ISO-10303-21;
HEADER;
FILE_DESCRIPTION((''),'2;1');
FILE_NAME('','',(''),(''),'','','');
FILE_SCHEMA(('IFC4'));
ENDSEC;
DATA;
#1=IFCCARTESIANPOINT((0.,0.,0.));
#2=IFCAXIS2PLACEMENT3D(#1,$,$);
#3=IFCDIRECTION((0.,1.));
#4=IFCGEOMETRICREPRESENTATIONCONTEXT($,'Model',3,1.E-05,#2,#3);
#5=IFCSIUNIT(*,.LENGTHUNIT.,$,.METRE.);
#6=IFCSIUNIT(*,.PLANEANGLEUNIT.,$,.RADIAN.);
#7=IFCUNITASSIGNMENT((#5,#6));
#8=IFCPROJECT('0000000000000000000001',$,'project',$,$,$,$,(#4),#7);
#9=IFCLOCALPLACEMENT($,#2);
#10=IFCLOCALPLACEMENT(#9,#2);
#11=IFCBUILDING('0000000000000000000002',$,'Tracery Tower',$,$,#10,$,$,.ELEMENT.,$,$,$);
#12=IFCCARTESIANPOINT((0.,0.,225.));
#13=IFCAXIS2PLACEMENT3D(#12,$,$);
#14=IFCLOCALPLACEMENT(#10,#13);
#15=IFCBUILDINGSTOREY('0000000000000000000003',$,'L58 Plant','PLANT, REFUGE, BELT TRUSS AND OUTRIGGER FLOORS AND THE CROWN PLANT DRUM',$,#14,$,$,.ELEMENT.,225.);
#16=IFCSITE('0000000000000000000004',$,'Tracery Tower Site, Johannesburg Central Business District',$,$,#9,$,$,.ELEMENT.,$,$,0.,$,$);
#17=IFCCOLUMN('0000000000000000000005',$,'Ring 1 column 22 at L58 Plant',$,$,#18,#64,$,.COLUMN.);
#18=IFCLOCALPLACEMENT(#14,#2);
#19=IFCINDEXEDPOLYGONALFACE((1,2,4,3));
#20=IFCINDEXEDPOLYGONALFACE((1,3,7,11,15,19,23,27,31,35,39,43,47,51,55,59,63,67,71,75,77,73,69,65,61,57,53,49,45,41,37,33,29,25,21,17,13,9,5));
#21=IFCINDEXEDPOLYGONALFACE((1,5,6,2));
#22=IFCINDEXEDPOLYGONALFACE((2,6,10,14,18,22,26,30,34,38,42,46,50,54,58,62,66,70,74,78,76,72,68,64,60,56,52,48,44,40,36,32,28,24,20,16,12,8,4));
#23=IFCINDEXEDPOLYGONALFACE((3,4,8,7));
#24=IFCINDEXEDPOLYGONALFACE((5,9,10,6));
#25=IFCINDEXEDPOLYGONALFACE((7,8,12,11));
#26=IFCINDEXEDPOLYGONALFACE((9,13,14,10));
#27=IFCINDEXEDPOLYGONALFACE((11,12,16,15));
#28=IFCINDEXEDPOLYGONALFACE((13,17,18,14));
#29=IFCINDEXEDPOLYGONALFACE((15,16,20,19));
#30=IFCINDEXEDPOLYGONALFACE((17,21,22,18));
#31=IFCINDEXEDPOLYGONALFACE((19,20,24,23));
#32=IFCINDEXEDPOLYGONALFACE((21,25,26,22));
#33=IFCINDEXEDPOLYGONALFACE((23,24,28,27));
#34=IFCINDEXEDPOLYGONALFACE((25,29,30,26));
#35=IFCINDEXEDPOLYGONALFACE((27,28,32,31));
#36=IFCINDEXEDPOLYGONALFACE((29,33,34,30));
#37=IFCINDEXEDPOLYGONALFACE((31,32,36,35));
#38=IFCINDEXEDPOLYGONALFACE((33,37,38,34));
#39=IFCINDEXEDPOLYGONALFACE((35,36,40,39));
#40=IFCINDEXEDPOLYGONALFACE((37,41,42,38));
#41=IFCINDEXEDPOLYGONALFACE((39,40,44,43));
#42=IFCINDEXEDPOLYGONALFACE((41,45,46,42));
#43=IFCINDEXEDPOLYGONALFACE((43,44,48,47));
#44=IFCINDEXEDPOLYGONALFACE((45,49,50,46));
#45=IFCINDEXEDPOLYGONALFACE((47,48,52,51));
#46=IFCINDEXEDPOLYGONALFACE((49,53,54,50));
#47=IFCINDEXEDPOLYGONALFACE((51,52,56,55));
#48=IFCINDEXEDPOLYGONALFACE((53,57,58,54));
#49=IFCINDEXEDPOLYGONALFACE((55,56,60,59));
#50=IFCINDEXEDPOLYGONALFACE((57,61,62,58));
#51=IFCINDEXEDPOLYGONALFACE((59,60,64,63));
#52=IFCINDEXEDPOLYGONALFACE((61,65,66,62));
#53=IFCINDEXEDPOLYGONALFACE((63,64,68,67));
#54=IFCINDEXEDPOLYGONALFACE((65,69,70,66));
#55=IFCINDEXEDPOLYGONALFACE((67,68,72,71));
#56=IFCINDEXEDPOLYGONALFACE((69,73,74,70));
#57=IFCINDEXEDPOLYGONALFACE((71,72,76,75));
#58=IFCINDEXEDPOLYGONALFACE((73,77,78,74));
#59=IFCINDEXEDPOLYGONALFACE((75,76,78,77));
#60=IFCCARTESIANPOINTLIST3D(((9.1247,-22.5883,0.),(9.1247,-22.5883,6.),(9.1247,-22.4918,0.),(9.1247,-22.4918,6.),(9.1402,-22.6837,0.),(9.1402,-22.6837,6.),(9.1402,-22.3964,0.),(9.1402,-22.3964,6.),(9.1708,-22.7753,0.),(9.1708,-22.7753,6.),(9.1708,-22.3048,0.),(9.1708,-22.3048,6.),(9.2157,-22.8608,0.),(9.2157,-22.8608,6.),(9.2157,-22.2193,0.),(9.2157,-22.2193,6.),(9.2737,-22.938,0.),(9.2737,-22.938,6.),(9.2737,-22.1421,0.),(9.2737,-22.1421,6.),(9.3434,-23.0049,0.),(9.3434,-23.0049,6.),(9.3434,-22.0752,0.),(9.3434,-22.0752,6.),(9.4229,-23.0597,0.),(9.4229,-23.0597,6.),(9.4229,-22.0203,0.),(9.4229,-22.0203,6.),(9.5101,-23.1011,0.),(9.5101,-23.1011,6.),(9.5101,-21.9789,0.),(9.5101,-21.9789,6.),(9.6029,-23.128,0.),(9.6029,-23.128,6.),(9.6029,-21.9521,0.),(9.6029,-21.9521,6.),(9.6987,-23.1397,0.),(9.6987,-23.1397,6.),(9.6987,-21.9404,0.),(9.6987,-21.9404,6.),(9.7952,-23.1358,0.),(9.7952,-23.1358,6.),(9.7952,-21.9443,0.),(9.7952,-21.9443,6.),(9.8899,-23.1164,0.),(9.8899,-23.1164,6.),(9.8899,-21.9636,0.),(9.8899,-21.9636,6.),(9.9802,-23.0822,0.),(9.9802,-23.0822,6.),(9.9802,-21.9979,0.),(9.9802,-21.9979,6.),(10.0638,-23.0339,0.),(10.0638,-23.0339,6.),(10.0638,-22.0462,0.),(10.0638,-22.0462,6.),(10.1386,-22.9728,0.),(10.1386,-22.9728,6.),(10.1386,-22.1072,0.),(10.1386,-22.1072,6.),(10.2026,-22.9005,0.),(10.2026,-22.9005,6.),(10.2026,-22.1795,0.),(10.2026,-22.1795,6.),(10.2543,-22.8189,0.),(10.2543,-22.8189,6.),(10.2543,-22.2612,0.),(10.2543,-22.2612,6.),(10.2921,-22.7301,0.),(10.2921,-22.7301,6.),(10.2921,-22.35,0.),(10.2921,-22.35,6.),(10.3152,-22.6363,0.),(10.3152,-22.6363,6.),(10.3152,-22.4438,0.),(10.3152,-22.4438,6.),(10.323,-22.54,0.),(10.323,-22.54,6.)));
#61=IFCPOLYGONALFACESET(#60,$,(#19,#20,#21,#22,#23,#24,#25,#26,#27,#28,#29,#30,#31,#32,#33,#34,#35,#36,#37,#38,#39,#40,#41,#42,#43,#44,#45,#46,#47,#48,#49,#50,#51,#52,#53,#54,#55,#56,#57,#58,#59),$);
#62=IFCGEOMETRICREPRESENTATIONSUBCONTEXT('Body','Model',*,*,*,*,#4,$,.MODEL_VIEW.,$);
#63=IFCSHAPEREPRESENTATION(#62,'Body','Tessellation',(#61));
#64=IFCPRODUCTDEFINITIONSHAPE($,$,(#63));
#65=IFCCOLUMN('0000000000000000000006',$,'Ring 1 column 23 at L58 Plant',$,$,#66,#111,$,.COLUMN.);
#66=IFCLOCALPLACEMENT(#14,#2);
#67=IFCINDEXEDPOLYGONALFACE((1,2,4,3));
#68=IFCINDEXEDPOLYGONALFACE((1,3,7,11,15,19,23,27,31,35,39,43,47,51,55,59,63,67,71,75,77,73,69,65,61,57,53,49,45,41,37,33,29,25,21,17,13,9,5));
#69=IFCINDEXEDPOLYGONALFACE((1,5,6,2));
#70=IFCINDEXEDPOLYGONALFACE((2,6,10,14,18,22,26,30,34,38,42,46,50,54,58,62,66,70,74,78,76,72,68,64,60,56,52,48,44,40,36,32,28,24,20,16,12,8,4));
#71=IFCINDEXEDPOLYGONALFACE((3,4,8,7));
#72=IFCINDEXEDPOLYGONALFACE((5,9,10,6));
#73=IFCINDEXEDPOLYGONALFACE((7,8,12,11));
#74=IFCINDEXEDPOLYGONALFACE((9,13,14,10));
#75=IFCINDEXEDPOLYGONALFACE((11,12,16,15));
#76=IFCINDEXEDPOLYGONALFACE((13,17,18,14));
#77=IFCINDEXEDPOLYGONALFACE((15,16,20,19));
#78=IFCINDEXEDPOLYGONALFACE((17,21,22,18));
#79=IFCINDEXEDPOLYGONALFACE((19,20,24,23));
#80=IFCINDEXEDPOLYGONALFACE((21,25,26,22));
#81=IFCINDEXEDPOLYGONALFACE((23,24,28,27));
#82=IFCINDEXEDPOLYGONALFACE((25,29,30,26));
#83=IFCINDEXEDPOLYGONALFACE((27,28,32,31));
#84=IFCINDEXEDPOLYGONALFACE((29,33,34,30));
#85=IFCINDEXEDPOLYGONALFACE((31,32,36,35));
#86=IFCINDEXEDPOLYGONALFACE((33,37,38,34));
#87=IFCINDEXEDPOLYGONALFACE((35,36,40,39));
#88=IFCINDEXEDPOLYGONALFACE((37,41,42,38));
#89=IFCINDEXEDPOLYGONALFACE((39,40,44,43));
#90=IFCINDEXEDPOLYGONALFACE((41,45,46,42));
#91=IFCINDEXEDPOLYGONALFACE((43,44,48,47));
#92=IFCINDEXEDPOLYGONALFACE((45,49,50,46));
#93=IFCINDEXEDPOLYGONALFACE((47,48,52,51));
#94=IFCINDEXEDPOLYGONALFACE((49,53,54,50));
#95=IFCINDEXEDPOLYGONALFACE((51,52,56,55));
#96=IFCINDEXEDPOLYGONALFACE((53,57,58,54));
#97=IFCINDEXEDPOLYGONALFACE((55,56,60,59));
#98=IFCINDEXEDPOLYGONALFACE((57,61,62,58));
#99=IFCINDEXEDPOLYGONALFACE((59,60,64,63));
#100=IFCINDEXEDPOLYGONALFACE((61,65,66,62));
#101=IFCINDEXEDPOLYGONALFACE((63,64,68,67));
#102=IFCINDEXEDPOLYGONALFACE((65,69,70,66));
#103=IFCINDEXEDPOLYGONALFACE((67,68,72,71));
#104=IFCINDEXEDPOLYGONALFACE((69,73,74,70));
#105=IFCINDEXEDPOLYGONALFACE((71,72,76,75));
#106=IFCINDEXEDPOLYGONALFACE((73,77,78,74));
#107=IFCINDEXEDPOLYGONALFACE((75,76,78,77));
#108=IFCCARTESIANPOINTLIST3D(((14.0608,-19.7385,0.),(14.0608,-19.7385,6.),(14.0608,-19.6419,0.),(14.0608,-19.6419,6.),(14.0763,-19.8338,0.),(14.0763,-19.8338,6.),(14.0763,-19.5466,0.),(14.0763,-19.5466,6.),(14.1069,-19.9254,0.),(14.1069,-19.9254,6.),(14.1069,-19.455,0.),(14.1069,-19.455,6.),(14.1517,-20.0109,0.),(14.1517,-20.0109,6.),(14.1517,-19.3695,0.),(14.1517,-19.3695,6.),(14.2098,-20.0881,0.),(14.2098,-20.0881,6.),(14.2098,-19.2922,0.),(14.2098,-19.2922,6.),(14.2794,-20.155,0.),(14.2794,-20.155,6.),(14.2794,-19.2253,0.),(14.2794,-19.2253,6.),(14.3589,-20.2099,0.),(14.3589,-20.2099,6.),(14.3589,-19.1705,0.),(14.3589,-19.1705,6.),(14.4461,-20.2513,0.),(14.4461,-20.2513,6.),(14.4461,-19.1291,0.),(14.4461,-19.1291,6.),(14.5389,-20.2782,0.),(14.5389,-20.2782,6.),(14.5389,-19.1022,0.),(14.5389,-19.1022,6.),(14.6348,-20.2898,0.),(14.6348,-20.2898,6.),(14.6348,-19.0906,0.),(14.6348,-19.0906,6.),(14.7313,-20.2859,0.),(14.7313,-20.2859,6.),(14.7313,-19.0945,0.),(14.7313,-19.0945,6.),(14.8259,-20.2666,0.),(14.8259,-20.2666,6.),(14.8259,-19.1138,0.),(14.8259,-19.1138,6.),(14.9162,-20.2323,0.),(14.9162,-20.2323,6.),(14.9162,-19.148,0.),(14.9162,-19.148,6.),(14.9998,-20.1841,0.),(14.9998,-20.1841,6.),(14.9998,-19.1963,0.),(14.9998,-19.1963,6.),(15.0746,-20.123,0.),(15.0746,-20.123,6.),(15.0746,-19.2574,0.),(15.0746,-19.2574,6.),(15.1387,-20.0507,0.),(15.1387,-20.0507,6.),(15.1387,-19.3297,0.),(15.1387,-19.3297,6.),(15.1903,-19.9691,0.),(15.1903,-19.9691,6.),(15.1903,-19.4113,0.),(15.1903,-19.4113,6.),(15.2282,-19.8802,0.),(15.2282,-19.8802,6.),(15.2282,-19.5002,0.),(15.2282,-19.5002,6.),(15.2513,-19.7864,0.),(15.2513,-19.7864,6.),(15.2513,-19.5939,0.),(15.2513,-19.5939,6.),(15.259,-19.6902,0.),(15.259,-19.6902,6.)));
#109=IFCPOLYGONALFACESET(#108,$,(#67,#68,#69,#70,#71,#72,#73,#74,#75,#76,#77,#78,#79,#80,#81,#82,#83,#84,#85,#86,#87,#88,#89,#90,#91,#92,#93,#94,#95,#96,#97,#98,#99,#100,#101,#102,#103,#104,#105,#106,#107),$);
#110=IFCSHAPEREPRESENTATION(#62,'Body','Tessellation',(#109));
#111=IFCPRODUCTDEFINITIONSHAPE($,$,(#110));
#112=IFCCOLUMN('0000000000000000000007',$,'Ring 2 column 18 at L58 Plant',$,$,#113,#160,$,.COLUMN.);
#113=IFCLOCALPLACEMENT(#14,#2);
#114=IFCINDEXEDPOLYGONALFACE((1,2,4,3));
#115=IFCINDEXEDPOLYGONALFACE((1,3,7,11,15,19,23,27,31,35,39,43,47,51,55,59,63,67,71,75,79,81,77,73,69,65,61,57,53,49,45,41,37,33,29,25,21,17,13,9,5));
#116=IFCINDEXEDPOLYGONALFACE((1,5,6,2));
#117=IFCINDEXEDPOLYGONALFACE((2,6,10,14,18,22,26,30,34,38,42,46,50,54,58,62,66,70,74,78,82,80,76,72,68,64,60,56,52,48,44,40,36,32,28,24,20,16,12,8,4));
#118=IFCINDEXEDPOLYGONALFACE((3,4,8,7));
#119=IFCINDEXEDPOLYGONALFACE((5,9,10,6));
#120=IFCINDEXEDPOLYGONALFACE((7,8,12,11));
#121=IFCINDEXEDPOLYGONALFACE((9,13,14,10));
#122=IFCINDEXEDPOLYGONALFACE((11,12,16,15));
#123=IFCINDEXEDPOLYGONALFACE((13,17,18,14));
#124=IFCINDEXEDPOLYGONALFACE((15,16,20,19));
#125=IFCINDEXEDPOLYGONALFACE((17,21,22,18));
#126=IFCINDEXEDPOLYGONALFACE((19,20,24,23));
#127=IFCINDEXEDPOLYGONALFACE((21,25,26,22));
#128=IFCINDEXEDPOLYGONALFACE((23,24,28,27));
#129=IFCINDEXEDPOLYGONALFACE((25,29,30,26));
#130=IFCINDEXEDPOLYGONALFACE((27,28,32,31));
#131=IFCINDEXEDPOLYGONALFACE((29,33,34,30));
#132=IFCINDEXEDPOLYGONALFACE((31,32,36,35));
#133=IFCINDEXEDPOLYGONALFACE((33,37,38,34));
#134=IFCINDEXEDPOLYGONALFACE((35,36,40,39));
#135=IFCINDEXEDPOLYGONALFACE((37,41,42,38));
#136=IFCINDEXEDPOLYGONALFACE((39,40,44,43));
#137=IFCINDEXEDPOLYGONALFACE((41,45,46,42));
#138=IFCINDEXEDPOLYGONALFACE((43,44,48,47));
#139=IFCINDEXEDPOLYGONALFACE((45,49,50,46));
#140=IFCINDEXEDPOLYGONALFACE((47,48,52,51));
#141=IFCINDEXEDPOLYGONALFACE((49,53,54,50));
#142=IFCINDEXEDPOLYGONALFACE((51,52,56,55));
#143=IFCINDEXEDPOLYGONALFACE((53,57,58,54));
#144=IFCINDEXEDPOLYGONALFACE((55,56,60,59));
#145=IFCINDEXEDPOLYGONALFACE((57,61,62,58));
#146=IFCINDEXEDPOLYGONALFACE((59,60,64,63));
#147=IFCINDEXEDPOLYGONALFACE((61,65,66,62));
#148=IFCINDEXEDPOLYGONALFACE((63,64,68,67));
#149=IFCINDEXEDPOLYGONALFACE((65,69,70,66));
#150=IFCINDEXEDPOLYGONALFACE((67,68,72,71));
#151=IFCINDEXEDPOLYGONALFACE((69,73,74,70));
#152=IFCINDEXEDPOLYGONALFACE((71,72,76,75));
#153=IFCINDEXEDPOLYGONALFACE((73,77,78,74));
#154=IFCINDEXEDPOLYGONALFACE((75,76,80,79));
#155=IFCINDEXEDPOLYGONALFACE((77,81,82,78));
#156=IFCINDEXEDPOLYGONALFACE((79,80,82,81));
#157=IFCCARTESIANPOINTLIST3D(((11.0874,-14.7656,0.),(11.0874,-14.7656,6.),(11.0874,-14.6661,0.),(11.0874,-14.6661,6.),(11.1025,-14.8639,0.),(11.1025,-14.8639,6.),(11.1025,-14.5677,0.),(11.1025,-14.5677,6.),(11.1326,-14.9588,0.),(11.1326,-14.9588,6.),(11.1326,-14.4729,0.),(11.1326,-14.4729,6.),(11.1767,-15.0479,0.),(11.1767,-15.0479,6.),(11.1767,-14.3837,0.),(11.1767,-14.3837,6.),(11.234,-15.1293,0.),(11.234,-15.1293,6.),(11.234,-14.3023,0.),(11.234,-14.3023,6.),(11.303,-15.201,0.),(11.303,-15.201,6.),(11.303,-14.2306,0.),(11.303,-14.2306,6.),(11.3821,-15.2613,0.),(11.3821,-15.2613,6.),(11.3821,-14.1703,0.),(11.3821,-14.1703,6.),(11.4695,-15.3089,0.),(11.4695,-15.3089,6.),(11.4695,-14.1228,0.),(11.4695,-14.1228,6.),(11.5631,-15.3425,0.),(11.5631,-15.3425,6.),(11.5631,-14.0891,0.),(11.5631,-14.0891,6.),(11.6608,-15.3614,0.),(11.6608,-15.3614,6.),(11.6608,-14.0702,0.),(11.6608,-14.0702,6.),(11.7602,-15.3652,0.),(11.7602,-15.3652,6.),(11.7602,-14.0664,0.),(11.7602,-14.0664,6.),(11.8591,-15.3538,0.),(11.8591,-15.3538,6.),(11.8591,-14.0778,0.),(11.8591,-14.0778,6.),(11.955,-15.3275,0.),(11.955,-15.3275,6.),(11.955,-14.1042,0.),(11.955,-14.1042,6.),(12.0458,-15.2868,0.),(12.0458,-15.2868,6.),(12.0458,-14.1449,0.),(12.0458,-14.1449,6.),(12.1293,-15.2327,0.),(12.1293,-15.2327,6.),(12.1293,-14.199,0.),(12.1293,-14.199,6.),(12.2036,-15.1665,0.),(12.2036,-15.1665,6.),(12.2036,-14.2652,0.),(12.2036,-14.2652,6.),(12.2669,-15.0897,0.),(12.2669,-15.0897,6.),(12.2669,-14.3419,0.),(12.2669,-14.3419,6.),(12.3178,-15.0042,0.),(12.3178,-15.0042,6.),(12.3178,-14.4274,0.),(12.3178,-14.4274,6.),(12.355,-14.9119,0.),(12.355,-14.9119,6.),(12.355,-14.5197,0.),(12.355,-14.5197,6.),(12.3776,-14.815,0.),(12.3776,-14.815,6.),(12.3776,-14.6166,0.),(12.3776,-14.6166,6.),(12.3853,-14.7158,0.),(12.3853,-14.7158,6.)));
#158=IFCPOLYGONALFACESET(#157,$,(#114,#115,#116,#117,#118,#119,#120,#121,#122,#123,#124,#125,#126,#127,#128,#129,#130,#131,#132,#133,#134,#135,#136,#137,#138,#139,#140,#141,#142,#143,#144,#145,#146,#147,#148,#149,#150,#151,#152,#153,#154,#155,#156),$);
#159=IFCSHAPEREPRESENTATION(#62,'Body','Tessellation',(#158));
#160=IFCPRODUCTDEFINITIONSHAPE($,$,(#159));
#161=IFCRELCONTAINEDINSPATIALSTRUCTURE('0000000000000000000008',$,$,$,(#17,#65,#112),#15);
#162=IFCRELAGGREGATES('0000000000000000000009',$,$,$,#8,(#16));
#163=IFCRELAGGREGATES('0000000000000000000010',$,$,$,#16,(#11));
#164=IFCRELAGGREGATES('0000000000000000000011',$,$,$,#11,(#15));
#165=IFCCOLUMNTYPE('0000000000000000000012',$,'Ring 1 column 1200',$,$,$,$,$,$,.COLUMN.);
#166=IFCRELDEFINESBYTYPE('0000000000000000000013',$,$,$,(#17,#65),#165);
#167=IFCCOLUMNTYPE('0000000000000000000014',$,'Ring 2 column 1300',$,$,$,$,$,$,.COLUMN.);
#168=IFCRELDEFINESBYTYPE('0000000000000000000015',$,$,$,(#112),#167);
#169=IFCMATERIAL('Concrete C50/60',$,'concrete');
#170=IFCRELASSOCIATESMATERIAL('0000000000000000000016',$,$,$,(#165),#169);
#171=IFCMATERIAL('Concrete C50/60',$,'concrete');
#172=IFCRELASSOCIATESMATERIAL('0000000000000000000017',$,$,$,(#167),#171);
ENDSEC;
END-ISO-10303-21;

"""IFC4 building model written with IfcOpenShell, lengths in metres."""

from ifc_helpers import new_model, si_unit, direction, frame, origin, origin_2d, place, context, subcontext, project, spatial, circle, extrude, material, material_profile, profile_set, type_object, element, save


model = new_model("IFC4")

# Units and contexts
model_context = context("Model", 3, precision=1e-05, world=origin(), true_north=direction((0.0, 1.0)))
body_context = subcontext(model_context, "Body", "Model", "MODEL_VIEW")
ifc_project = project(units=[si_unit("LENGTHUNIT", "METRE"), si_unit("PLANEANGLEUNIT", "RADIAN")], contexts=[model_context])

# Site, building, storey
site_placement = place(None, origin())
site = spatial("IfcSite", under=ifc_project, at=site_placement, Name="Tracery Tower Site, Johannesburg Central Business District", CompositionType="ELEMENT", RefElevation=0.0)
building_placement = place(site_placement, origin())
building = spatial("IfcBuilding", under=site, at=building_placement, Name="Tracery Tower", CompositionType="ELEMENT")
storey_placement = place(building_placement, frame((0.0, 0.0, 225.0)))
storey = spatial("IfcBuildingStorey", under=building, at=storey_placement, Name="L58 Plant", Description="PLANT, REFUGE, BELT TRUSS AND OUTRIGGER FLOORS AND THE CROWN PLANT DRUM", CompositionType="ELEMENT", Elevation=225.0)

# Columns
ifc_material_1 = material(Name="Concrete C50/60", Category="concrete")
ifc_material_profile_1 = material_profile(ifc_material_1, circle(Radius=0.6001, at=origin_2d()), Name="RC D1200")
ifc_profile_set_1 = profile_set([ifc_material_profile_1], Name="Concrete C50/60")
column_type_1 = type_object("IfcColumnType", Name="Ring 1 column 1200", PredefinedType="COLUMN", material=ifc_profile_set_1)
for number, where, z_axis, x_axis, name in (
    (1, (9.7229, -22.54, 0.0), (0.0, 0.0, 1.0), (1.0, 0.0, 0.0), "Ring 1 column 22 at L58 Plant"),
    (2, (14.6589, -19.6902, 0.0), (0.0, 0.0, 1.0), (1.0, 0.0, 0.0), "Ring 1 column 23 at L58 Plant"),
):
    element("IfcColumn", number, at=place(storey_placement, frame(where, z_axis=z_axis, x_axis=x_axis)), inside=storey, type_object=column_type_1, Name=name, PredefinedType="COLUMN", context=body_context, shape_type="SweptSolid", body=[
        extrude(circle(Radius=0.6001, at=origin_2d()), origin(), (0.0, 0.0, 1.0), 6.0),
    ])
ifc_material_2 = material(Name="Concrete C50/60", Category="concrete")
ifc_material_profile_2 = material_profile(ifc_material_2, circle(Radius=0.6499, at=origin_2d()), Name="RC D1300")
ifc_profile_set_2 = profile_set([ifc_material_profile_2], Name="Concrete C50/60")
column_type_2 = type_object("IfcColumnType", Name="Ring 2 column 1300", PredefinedType="COLUMN", material=ifc_profile_set_2)
column_placement = place(storey_placement, frame((11.7354, -14.7158, 0.0), z_axis=(0.0, 0.0, 1.0), x_axis=(1.0, 0.0, 0.0)))
element("IfcColumn", 3, at=column_placement, inside=storey, type_object=column_type_2, Name="Ring 2 column 18 at L58 Plant", PredefinedType="COLUMN", context=body_context, shape_type="SweptSolid", body=[
    extrude(circle(Radius=0.6499, at=origin_2d()), origin(), (0.0, 0.0, 1.0), 6.0),
])

save(model, "model.ifc")
